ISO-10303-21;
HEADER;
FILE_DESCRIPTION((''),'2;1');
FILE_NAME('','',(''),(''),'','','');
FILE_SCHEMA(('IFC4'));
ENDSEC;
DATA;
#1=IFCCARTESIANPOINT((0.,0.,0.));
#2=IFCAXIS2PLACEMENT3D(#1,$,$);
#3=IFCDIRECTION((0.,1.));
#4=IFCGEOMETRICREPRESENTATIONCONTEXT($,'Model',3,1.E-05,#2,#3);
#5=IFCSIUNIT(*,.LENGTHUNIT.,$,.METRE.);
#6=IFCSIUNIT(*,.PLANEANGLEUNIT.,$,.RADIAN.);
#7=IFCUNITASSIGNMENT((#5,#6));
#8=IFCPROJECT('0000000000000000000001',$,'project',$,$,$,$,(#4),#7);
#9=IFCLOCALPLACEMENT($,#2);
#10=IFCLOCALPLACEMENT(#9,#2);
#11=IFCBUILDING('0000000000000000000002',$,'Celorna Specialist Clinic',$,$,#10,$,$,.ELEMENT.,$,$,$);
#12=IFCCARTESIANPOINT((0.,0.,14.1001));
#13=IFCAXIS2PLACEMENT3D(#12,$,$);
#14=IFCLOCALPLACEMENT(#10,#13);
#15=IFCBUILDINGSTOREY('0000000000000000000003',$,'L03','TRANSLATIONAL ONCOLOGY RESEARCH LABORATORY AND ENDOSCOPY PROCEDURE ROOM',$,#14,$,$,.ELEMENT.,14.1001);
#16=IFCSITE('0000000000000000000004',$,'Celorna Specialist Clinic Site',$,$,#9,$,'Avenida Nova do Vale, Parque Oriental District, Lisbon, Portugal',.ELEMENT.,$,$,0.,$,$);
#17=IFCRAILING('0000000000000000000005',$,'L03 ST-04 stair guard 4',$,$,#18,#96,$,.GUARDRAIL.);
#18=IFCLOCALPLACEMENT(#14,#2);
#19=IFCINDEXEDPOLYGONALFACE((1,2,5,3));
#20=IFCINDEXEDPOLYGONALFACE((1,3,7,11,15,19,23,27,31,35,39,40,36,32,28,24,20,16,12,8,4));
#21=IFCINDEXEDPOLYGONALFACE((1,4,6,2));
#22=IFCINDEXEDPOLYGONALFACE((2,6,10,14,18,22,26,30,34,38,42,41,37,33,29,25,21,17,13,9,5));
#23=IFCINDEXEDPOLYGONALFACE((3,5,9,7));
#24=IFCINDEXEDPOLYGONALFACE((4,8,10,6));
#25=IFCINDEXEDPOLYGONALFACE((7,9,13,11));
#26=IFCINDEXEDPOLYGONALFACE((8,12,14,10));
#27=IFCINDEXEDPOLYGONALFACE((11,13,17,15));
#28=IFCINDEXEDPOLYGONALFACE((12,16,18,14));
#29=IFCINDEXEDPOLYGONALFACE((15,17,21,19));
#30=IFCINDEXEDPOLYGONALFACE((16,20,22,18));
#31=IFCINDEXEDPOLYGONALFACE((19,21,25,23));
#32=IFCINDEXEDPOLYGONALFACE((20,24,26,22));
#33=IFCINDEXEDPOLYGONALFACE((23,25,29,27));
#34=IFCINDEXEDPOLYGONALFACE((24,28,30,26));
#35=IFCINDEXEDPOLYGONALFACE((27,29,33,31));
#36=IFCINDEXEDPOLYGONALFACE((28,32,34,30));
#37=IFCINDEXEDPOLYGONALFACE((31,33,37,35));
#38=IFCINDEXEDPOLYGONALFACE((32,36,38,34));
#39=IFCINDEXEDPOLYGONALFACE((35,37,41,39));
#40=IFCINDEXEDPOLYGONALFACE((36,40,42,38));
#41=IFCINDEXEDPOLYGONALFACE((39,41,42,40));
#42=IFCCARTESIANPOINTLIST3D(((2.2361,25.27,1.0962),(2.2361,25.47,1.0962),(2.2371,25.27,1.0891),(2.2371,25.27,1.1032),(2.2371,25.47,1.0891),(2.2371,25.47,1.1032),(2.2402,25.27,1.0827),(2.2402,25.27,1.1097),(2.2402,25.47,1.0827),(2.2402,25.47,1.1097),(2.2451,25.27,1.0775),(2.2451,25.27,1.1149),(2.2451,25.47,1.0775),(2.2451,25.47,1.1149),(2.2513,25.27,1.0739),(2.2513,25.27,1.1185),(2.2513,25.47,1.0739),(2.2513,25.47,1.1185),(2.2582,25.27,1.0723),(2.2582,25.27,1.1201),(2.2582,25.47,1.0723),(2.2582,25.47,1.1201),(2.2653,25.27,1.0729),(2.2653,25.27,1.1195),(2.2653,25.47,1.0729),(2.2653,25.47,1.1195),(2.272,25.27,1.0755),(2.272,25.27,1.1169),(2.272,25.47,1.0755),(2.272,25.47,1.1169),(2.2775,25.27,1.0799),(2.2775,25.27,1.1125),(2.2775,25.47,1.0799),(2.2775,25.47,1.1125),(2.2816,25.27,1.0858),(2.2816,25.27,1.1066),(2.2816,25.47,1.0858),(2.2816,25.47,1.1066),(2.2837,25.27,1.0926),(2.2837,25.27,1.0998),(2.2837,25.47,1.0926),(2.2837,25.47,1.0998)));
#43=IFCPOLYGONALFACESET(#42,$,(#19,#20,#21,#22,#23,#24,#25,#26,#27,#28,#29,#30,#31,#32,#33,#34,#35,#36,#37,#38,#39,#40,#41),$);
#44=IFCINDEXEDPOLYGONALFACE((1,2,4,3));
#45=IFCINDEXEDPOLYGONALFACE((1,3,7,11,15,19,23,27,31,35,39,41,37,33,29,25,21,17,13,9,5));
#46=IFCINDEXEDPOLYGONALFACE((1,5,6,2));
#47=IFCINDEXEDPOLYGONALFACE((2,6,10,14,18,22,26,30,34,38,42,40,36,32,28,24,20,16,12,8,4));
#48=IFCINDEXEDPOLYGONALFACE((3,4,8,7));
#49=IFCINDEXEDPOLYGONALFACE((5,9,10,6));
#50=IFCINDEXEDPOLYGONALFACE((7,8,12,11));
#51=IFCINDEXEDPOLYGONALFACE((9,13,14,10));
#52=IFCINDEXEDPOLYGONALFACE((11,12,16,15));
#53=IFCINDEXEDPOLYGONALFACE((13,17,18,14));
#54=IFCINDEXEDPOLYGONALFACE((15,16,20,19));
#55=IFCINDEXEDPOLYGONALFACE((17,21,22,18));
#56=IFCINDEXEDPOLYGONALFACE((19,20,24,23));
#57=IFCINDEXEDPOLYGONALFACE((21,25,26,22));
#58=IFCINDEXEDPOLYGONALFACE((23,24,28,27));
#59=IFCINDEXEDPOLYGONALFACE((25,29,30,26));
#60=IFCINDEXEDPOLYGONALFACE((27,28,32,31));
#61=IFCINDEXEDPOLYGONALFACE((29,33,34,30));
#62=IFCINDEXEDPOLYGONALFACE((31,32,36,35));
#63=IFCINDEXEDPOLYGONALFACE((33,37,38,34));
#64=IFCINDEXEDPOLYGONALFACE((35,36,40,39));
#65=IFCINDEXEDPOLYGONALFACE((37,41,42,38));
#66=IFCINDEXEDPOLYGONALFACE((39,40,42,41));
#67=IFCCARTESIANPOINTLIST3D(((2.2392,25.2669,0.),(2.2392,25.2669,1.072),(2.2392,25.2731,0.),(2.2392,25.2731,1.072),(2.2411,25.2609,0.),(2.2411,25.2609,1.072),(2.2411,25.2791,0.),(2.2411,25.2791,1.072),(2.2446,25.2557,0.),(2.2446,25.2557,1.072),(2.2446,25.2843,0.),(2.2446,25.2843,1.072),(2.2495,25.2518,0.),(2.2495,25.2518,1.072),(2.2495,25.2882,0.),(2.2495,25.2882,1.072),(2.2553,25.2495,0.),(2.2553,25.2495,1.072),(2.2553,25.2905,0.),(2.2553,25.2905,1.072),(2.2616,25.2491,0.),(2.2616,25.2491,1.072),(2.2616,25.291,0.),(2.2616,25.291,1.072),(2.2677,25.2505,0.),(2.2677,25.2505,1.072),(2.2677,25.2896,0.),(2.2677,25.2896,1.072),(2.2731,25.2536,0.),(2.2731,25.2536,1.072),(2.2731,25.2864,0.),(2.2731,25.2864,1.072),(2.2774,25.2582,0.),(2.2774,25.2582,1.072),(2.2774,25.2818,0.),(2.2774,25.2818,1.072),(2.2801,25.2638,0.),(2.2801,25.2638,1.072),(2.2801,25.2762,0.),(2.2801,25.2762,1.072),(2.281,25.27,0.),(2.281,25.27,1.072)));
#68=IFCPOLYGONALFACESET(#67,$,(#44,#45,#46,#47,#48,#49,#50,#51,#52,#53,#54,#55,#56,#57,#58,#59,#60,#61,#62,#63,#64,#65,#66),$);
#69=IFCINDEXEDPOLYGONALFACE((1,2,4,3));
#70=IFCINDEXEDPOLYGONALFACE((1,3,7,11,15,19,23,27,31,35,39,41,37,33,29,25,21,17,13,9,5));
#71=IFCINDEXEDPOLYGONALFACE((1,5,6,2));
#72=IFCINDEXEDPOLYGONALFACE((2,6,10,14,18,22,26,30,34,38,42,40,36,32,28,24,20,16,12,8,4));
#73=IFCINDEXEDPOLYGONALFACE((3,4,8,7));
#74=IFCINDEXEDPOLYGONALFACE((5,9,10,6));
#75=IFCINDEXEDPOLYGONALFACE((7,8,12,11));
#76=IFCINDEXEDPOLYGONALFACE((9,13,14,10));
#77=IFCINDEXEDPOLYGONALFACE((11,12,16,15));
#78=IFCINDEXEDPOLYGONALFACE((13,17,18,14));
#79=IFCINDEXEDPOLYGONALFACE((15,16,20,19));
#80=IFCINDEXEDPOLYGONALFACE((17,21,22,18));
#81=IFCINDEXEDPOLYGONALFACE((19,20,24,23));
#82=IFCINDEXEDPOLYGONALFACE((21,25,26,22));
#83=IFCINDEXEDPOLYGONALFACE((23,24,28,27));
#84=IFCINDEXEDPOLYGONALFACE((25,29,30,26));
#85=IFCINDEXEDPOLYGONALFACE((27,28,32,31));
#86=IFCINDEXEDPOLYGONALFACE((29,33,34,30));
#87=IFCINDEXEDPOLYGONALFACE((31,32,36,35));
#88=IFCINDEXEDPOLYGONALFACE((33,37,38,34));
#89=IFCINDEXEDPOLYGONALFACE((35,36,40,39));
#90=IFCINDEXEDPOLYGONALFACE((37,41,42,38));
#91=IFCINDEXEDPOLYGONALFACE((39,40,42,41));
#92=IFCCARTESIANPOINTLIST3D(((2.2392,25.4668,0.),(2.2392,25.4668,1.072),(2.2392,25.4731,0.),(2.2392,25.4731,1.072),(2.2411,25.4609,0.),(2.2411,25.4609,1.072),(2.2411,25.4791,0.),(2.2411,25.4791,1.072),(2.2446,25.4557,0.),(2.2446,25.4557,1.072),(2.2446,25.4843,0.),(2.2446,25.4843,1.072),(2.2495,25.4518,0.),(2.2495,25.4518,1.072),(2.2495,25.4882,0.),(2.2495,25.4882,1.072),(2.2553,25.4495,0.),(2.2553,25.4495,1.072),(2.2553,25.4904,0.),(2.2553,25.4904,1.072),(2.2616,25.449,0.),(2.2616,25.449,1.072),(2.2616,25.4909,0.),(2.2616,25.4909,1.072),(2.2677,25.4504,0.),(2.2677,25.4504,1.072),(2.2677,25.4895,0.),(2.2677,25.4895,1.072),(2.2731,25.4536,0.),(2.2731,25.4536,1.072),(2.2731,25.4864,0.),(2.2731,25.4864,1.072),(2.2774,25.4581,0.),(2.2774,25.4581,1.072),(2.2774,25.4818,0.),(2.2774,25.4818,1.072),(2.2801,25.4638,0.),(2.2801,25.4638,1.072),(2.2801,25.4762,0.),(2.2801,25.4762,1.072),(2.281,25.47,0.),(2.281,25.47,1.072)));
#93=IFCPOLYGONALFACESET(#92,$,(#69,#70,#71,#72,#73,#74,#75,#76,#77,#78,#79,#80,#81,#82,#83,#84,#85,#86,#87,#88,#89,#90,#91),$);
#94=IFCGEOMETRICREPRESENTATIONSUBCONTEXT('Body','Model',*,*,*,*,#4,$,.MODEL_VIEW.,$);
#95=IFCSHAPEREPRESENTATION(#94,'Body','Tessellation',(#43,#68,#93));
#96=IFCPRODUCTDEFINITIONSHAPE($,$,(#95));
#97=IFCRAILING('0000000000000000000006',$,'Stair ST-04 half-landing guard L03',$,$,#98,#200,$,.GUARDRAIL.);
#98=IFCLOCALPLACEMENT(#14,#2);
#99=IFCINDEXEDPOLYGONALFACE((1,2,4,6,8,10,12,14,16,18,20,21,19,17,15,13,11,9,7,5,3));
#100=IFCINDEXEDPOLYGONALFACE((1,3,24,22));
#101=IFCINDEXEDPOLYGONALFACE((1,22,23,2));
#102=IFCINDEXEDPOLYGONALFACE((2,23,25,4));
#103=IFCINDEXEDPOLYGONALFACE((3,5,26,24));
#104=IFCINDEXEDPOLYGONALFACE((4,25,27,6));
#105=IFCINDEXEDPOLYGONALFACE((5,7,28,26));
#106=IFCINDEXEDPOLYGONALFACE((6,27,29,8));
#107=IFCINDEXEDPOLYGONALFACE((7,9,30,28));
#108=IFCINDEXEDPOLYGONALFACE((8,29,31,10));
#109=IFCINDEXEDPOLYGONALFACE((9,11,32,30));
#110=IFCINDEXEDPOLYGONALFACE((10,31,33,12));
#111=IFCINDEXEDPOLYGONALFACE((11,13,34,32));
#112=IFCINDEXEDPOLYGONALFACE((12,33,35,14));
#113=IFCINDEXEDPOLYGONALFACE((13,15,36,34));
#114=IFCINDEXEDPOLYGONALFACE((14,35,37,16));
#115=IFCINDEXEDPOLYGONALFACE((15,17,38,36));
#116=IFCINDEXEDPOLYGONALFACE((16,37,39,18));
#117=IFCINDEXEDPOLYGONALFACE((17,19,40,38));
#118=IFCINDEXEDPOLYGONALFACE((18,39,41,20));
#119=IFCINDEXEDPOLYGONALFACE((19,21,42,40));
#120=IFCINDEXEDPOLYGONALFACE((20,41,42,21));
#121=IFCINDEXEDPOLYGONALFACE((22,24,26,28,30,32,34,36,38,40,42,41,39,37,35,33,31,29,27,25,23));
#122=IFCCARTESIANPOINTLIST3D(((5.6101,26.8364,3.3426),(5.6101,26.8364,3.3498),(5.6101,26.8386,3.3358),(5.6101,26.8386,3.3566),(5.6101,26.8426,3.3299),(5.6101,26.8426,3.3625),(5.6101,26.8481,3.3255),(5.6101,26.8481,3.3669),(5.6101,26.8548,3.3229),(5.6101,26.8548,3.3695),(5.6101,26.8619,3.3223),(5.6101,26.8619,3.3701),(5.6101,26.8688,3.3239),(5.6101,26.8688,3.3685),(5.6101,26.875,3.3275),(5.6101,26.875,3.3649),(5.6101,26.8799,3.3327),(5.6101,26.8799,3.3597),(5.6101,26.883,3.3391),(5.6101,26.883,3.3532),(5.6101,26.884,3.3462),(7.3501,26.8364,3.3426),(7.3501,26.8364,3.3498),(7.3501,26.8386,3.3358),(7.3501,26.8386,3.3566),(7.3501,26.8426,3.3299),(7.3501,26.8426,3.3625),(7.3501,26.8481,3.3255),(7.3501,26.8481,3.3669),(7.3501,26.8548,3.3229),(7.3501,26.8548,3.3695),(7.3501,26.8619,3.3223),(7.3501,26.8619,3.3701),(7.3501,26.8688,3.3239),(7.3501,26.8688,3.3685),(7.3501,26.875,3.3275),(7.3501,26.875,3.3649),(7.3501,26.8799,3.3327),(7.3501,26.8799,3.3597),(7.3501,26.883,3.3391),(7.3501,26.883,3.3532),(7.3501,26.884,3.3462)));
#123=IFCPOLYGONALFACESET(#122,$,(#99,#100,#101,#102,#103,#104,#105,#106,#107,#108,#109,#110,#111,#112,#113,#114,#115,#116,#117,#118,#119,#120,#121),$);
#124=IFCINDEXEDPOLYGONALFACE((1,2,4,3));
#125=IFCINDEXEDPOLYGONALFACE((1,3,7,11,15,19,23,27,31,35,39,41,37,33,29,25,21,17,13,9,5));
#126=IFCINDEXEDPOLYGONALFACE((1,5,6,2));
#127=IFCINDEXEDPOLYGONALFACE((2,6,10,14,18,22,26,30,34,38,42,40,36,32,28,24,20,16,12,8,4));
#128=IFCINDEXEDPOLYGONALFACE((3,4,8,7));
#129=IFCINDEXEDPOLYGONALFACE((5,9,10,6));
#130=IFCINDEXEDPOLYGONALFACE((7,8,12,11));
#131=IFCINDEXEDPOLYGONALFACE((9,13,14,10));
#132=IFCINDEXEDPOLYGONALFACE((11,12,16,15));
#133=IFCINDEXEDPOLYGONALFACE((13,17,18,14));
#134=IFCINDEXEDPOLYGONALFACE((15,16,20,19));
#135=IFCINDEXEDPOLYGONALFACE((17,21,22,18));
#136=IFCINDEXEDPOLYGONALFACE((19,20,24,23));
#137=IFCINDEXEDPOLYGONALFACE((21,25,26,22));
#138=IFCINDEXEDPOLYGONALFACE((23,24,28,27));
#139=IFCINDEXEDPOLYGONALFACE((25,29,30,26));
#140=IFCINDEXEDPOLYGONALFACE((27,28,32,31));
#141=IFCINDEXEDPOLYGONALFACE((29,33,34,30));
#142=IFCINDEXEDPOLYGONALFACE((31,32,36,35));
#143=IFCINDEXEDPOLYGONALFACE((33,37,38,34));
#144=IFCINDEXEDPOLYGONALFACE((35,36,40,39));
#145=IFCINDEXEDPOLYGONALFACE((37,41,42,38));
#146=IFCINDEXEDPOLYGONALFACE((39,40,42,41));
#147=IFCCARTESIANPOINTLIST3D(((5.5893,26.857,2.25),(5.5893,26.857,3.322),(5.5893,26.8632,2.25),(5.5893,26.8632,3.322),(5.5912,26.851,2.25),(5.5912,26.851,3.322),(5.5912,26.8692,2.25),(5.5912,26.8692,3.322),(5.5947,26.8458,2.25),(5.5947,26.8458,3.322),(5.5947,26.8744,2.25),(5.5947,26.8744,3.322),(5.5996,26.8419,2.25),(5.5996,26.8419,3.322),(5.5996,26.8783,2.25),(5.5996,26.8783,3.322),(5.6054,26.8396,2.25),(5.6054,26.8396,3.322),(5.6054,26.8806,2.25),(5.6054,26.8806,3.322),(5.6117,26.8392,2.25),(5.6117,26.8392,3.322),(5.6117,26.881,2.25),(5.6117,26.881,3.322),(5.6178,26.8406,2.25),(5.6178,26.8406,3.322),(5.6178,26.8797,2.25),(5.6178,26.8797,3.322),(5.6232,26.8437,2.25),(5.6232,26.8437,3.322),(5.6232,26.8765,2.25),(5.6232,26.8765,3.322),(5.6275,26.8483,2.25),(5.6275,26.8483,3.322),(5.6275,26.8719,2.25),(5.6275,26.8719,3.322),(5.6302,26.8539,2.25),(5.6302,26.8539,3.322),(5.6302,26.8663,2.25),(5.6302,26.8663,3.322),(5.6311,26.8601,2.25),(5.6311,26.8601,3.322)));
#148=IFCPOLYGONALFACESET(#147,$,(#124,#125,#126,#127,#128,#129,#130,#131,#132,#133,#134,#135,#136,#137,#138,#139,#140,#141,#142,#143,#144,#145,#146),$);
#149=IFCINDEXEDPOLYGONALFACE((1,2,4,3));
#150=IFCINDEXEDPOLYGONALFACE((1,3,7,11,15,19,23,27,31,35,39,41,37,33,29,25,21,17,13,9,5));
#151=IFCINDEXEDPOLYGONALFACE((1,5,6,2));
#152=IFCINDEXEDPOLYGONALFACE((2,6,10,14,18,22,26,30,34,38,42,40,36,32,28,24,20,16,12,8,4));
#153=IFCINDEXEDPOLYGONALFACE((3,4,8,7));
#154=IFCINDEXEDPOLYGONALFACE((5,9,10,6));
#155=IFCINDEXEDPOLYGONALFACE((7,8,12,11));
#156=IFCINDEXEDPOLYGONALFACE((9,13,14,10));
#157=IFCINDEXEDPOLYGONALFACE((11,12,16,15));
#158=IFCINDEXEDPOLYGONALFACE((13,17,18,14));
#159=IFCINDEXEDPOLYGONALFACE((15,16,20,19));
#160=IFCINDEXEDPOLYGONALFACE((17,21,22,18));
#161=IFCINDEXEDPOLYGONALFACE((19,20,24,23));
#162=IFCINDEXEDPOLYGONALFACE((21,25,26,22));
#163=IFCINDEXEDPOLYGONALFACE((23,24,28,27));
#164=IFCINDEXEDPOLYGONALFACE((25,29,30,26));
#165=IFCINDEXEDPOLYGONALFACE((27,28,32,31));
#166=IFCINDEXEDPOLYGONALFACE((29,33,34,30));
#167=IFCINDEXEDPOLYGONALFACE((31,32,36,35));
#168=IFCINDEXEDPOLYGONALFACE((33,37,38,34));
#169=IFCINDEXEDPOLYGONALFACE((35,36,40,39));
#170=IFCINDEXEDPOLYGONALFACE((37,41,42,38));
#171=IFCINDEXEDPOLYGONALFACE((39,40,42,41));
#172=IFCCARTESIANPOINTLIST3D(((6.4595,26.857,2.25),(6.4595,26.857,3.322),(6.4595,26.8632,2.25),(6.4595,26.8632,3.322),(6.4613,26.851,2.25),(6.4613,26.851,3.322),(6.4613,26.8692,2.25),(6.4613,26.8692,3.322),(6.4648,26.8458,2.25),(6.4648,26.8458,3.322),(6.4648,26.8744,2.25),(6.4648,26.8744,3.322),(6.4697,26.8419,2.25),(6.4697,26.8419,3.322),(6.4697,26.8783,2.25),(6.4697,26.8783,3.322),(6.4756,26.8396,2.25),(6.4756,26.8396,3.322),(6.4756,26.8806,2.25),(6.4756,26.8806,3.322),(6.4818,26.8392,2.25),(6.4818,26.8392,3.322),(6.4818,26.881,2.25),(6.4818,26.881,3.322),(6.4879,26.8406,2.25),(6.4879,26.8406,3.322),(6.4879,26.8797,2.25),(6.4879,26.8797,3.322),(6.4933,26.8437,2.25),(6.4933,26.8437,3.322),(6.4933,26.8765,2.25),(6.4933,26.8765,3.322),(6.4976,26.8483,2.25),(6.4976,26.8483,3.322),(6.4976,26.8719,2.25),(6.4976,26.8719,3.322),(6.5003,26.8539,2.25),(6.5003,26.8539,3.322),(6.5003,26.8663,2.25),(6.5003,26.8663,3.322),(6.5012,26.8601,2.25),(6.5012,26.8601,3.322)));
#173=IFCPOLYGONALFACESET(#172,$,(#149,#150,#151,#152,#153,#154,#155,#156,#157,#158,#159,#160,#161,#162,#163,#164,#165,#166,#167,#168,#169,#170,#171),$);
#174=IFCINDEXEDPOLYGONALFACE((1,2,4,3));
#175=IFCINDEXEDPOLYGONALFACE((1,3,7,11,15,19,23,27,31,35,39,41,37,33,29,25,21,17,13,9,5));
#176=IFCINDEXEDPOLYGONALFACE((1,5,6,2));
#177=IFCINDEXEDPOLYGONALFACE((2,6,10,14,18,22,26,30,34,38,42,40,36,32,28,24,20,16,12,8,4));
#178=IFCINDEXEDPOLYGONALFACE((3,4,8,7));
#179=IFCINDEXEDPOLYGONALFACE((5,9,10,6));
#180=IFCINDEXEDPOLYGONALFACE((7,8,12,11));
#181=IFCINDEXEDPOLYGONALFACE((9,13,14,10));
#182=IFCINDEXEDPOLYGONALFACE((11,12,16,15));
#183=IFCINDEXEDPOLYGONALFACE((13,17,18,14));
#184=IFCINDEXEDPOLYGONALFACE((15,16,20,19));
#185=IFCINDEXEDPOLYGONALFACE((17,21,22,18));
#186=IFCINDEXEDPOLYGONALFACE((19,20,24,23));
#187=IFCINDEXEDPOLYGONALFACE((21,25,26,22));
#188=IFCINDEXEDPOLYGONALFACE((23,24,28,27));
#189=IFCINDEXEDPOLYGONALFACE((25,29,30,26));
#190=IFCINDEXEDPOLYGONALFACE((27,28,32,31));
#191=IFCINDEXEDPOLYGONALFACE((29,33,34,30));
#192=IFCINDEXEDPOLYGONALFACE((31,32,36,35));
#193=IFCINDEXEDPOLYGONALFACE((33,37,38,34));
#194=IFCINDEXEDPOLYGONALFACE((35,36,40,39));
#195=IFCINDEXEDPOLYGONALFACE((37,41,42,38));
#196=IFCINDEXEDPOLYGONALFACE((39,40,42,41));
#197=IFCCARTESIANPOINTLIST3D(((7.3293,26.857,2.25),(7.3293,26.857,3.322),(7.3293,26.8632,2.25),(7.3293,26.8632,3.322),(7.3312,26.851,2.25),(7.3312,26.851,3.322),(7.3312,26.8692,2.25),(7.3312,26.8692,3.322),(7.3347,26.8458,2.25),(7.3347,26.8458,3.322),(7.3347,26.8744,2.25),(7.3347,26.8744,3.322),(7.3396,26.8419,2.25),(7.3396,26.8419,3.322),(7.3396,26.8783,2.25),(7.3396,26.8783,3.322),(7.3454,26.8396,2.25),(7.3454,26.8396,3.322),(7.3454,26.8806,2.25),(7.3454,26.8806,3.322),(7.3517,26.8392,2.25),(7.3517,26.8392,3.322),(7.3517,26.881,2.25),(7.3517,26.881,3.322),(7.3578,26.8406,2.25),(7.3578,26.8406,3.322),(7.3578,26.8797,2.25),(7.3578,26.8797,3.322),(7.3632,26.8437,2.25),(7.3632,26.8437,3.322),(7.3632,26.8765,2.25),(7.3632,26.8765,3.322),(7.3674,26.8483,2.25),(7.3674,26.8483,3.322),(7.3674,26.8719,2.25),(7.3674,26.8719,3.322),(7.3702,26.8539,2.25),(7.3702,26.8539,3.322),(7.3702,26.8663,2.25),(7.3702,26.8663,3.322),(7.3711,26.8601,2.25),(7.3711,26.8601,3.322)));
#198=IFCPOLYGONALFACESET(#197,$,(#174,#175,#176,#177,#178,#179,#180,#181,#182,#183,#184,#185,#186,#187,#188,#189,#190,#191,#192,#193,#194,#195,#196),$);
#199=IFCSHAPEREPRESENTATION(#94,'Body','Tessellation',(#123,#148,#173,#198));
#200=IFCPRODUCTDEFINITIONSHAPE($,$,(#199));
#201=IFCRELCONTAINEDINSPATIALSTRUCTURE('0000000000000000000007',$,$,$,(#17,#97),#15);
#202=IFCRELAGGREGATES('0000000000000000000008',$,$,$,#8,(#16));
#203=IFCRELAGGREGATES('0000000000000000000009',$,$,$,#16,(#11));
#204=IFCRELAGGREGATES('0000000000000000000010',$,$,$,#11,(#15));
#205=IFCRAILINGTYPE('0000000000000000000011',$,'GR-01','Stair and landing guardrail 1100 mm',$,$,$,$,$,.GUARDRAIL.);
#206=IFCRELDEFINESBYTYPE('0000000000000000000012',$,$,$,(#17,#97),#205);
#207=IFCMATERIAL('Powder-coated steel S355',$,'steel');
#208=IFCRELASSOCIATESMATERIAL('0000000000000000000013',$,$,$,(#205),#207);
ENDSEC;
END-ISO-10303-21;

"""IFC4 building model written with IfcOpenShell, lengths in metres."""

from ifc_helpers import new_model, si_unit, direction, frame, origin, origin_2d, place, context, subcontext, project, spatial, circle, extrude, material, type_object, element, save


model = new_model("IFC4")

# Units and contexts
model_context = context("Model", 3, precision=1e-05, world=origin(), true_north=direction((0.0, 1.0)))
body_context = subcontext(model_context, "Body", "Model", "MODEL_VIEW")
ifc_project = project(units=[si_unit("LENGTHUNIT", "METRE"), si_unit("PLANEANGLEUNIT", "RADIAN")], contexts=[model_context])

# Site, building, storey
site_placement = place(None, origin())
site = spatial("IfcSite", under=ifc_project, at=site_placement, Name="Celorna Specialist Clinic Site", LongName="Avenida Nova do Vale, Parque Oriental District, Lisbon, Portugal", CompositionType="ELEMENT", RefElevation=0.0)
building_placement = place(site_placement, origin())
building = spatial("IfcBuilding", under=site, at=building_placement, Name="Celorna Specialist Clinic", CompositionType="ELEMENT")
storey_placement = place(building_placement, frame((0.0, 0.0, 14.1001)))
storey = spatial("IfcBuildingStorey", under=building, at=storey_placement, Name="L03", Description="TRANSLATIONAL ONCOLOGY RESEARCH LABORATORY AND ENDOSCOPY PROCEDURE ROOM", CompositionType="ELEMENT", Elevation=14.1001)

# Railings
ifc_material_1 = material(Name="Powder-coated steel S355", Category="steel")
railing_type_1 = type_object("IfcRailingType", Name="GR-01", Description="Stair and landing guardrail 1100 mm", PredefinedType="GUARDRAIL", material=ifc_material_1)
railing_1_placement = place(storey_placement, frame((2.26, 25.27, 0.0)))
element("IfcRailing", 1, at=railing_1_placement, inside=storey, type_object=railing_type_1, Name="L03 ST-04 stair guard 4", PredefinedType="GUARDRAIL", context=body_context, shape_type="SweptSolid", body=[
    extrude(circle(Radius=0.0239, at=origin_2d()), frame((0.0, 0.0, 1.0962), z_axis=(0.0, 1.0, 0.0), x_axis=(-1.0, 0.0, 0.0)), (0.0, 0.0, 1.0), 0.2),
    extrude(circle(Radius=0.021, at=origin_2d()), origin(), (0.0, 0.0, 1.0), 1.072),
    extrude(circle(Radius=0.021, at=origin_2d()), frame((0.0, 0.2, 0.0)), (0.0, 0.0, 1.0), 1.072),
])
railing_2_placement = place(storey_placement, frame((5.6101, 26.8601, 2.25)))
element("IfcRailing", 2, at=railing_2_placement, inside=storey, type_object=railing_type_1, Name="Stair ST-04 half-landing guard L03", PredefinedType="GUARDRAIL", context=body_context, shape_type="SweptSolid", body=[
    extrude(circle(Radius=0.0239, at=origin_2d()), frame((0.0, 0.0, 1.0962), z_axis=(1.0, 0.0, 0.0), x_axis=(0.0, 1.0, 0.0)), (0.0, 0.0, 1.0), 1.74),
    extrude(circle(Radius=0.021, at=origin_2d()), origin(), (0.0, 0.0, 1.0), 1.072),
    extrude(circle(Radius=0.021, at=origin_2d()), frame((0.8701, 0.0, 0.0)), (0.0, 0.0, 1.0), 1.072),
    extrude(circle(Radius=0.021, at=origin_2d()), frame((1.74, 0.0, 0.0)), (0.0, 0.0, 1.0), 1.072),
])

save(model, "model.ifc")
